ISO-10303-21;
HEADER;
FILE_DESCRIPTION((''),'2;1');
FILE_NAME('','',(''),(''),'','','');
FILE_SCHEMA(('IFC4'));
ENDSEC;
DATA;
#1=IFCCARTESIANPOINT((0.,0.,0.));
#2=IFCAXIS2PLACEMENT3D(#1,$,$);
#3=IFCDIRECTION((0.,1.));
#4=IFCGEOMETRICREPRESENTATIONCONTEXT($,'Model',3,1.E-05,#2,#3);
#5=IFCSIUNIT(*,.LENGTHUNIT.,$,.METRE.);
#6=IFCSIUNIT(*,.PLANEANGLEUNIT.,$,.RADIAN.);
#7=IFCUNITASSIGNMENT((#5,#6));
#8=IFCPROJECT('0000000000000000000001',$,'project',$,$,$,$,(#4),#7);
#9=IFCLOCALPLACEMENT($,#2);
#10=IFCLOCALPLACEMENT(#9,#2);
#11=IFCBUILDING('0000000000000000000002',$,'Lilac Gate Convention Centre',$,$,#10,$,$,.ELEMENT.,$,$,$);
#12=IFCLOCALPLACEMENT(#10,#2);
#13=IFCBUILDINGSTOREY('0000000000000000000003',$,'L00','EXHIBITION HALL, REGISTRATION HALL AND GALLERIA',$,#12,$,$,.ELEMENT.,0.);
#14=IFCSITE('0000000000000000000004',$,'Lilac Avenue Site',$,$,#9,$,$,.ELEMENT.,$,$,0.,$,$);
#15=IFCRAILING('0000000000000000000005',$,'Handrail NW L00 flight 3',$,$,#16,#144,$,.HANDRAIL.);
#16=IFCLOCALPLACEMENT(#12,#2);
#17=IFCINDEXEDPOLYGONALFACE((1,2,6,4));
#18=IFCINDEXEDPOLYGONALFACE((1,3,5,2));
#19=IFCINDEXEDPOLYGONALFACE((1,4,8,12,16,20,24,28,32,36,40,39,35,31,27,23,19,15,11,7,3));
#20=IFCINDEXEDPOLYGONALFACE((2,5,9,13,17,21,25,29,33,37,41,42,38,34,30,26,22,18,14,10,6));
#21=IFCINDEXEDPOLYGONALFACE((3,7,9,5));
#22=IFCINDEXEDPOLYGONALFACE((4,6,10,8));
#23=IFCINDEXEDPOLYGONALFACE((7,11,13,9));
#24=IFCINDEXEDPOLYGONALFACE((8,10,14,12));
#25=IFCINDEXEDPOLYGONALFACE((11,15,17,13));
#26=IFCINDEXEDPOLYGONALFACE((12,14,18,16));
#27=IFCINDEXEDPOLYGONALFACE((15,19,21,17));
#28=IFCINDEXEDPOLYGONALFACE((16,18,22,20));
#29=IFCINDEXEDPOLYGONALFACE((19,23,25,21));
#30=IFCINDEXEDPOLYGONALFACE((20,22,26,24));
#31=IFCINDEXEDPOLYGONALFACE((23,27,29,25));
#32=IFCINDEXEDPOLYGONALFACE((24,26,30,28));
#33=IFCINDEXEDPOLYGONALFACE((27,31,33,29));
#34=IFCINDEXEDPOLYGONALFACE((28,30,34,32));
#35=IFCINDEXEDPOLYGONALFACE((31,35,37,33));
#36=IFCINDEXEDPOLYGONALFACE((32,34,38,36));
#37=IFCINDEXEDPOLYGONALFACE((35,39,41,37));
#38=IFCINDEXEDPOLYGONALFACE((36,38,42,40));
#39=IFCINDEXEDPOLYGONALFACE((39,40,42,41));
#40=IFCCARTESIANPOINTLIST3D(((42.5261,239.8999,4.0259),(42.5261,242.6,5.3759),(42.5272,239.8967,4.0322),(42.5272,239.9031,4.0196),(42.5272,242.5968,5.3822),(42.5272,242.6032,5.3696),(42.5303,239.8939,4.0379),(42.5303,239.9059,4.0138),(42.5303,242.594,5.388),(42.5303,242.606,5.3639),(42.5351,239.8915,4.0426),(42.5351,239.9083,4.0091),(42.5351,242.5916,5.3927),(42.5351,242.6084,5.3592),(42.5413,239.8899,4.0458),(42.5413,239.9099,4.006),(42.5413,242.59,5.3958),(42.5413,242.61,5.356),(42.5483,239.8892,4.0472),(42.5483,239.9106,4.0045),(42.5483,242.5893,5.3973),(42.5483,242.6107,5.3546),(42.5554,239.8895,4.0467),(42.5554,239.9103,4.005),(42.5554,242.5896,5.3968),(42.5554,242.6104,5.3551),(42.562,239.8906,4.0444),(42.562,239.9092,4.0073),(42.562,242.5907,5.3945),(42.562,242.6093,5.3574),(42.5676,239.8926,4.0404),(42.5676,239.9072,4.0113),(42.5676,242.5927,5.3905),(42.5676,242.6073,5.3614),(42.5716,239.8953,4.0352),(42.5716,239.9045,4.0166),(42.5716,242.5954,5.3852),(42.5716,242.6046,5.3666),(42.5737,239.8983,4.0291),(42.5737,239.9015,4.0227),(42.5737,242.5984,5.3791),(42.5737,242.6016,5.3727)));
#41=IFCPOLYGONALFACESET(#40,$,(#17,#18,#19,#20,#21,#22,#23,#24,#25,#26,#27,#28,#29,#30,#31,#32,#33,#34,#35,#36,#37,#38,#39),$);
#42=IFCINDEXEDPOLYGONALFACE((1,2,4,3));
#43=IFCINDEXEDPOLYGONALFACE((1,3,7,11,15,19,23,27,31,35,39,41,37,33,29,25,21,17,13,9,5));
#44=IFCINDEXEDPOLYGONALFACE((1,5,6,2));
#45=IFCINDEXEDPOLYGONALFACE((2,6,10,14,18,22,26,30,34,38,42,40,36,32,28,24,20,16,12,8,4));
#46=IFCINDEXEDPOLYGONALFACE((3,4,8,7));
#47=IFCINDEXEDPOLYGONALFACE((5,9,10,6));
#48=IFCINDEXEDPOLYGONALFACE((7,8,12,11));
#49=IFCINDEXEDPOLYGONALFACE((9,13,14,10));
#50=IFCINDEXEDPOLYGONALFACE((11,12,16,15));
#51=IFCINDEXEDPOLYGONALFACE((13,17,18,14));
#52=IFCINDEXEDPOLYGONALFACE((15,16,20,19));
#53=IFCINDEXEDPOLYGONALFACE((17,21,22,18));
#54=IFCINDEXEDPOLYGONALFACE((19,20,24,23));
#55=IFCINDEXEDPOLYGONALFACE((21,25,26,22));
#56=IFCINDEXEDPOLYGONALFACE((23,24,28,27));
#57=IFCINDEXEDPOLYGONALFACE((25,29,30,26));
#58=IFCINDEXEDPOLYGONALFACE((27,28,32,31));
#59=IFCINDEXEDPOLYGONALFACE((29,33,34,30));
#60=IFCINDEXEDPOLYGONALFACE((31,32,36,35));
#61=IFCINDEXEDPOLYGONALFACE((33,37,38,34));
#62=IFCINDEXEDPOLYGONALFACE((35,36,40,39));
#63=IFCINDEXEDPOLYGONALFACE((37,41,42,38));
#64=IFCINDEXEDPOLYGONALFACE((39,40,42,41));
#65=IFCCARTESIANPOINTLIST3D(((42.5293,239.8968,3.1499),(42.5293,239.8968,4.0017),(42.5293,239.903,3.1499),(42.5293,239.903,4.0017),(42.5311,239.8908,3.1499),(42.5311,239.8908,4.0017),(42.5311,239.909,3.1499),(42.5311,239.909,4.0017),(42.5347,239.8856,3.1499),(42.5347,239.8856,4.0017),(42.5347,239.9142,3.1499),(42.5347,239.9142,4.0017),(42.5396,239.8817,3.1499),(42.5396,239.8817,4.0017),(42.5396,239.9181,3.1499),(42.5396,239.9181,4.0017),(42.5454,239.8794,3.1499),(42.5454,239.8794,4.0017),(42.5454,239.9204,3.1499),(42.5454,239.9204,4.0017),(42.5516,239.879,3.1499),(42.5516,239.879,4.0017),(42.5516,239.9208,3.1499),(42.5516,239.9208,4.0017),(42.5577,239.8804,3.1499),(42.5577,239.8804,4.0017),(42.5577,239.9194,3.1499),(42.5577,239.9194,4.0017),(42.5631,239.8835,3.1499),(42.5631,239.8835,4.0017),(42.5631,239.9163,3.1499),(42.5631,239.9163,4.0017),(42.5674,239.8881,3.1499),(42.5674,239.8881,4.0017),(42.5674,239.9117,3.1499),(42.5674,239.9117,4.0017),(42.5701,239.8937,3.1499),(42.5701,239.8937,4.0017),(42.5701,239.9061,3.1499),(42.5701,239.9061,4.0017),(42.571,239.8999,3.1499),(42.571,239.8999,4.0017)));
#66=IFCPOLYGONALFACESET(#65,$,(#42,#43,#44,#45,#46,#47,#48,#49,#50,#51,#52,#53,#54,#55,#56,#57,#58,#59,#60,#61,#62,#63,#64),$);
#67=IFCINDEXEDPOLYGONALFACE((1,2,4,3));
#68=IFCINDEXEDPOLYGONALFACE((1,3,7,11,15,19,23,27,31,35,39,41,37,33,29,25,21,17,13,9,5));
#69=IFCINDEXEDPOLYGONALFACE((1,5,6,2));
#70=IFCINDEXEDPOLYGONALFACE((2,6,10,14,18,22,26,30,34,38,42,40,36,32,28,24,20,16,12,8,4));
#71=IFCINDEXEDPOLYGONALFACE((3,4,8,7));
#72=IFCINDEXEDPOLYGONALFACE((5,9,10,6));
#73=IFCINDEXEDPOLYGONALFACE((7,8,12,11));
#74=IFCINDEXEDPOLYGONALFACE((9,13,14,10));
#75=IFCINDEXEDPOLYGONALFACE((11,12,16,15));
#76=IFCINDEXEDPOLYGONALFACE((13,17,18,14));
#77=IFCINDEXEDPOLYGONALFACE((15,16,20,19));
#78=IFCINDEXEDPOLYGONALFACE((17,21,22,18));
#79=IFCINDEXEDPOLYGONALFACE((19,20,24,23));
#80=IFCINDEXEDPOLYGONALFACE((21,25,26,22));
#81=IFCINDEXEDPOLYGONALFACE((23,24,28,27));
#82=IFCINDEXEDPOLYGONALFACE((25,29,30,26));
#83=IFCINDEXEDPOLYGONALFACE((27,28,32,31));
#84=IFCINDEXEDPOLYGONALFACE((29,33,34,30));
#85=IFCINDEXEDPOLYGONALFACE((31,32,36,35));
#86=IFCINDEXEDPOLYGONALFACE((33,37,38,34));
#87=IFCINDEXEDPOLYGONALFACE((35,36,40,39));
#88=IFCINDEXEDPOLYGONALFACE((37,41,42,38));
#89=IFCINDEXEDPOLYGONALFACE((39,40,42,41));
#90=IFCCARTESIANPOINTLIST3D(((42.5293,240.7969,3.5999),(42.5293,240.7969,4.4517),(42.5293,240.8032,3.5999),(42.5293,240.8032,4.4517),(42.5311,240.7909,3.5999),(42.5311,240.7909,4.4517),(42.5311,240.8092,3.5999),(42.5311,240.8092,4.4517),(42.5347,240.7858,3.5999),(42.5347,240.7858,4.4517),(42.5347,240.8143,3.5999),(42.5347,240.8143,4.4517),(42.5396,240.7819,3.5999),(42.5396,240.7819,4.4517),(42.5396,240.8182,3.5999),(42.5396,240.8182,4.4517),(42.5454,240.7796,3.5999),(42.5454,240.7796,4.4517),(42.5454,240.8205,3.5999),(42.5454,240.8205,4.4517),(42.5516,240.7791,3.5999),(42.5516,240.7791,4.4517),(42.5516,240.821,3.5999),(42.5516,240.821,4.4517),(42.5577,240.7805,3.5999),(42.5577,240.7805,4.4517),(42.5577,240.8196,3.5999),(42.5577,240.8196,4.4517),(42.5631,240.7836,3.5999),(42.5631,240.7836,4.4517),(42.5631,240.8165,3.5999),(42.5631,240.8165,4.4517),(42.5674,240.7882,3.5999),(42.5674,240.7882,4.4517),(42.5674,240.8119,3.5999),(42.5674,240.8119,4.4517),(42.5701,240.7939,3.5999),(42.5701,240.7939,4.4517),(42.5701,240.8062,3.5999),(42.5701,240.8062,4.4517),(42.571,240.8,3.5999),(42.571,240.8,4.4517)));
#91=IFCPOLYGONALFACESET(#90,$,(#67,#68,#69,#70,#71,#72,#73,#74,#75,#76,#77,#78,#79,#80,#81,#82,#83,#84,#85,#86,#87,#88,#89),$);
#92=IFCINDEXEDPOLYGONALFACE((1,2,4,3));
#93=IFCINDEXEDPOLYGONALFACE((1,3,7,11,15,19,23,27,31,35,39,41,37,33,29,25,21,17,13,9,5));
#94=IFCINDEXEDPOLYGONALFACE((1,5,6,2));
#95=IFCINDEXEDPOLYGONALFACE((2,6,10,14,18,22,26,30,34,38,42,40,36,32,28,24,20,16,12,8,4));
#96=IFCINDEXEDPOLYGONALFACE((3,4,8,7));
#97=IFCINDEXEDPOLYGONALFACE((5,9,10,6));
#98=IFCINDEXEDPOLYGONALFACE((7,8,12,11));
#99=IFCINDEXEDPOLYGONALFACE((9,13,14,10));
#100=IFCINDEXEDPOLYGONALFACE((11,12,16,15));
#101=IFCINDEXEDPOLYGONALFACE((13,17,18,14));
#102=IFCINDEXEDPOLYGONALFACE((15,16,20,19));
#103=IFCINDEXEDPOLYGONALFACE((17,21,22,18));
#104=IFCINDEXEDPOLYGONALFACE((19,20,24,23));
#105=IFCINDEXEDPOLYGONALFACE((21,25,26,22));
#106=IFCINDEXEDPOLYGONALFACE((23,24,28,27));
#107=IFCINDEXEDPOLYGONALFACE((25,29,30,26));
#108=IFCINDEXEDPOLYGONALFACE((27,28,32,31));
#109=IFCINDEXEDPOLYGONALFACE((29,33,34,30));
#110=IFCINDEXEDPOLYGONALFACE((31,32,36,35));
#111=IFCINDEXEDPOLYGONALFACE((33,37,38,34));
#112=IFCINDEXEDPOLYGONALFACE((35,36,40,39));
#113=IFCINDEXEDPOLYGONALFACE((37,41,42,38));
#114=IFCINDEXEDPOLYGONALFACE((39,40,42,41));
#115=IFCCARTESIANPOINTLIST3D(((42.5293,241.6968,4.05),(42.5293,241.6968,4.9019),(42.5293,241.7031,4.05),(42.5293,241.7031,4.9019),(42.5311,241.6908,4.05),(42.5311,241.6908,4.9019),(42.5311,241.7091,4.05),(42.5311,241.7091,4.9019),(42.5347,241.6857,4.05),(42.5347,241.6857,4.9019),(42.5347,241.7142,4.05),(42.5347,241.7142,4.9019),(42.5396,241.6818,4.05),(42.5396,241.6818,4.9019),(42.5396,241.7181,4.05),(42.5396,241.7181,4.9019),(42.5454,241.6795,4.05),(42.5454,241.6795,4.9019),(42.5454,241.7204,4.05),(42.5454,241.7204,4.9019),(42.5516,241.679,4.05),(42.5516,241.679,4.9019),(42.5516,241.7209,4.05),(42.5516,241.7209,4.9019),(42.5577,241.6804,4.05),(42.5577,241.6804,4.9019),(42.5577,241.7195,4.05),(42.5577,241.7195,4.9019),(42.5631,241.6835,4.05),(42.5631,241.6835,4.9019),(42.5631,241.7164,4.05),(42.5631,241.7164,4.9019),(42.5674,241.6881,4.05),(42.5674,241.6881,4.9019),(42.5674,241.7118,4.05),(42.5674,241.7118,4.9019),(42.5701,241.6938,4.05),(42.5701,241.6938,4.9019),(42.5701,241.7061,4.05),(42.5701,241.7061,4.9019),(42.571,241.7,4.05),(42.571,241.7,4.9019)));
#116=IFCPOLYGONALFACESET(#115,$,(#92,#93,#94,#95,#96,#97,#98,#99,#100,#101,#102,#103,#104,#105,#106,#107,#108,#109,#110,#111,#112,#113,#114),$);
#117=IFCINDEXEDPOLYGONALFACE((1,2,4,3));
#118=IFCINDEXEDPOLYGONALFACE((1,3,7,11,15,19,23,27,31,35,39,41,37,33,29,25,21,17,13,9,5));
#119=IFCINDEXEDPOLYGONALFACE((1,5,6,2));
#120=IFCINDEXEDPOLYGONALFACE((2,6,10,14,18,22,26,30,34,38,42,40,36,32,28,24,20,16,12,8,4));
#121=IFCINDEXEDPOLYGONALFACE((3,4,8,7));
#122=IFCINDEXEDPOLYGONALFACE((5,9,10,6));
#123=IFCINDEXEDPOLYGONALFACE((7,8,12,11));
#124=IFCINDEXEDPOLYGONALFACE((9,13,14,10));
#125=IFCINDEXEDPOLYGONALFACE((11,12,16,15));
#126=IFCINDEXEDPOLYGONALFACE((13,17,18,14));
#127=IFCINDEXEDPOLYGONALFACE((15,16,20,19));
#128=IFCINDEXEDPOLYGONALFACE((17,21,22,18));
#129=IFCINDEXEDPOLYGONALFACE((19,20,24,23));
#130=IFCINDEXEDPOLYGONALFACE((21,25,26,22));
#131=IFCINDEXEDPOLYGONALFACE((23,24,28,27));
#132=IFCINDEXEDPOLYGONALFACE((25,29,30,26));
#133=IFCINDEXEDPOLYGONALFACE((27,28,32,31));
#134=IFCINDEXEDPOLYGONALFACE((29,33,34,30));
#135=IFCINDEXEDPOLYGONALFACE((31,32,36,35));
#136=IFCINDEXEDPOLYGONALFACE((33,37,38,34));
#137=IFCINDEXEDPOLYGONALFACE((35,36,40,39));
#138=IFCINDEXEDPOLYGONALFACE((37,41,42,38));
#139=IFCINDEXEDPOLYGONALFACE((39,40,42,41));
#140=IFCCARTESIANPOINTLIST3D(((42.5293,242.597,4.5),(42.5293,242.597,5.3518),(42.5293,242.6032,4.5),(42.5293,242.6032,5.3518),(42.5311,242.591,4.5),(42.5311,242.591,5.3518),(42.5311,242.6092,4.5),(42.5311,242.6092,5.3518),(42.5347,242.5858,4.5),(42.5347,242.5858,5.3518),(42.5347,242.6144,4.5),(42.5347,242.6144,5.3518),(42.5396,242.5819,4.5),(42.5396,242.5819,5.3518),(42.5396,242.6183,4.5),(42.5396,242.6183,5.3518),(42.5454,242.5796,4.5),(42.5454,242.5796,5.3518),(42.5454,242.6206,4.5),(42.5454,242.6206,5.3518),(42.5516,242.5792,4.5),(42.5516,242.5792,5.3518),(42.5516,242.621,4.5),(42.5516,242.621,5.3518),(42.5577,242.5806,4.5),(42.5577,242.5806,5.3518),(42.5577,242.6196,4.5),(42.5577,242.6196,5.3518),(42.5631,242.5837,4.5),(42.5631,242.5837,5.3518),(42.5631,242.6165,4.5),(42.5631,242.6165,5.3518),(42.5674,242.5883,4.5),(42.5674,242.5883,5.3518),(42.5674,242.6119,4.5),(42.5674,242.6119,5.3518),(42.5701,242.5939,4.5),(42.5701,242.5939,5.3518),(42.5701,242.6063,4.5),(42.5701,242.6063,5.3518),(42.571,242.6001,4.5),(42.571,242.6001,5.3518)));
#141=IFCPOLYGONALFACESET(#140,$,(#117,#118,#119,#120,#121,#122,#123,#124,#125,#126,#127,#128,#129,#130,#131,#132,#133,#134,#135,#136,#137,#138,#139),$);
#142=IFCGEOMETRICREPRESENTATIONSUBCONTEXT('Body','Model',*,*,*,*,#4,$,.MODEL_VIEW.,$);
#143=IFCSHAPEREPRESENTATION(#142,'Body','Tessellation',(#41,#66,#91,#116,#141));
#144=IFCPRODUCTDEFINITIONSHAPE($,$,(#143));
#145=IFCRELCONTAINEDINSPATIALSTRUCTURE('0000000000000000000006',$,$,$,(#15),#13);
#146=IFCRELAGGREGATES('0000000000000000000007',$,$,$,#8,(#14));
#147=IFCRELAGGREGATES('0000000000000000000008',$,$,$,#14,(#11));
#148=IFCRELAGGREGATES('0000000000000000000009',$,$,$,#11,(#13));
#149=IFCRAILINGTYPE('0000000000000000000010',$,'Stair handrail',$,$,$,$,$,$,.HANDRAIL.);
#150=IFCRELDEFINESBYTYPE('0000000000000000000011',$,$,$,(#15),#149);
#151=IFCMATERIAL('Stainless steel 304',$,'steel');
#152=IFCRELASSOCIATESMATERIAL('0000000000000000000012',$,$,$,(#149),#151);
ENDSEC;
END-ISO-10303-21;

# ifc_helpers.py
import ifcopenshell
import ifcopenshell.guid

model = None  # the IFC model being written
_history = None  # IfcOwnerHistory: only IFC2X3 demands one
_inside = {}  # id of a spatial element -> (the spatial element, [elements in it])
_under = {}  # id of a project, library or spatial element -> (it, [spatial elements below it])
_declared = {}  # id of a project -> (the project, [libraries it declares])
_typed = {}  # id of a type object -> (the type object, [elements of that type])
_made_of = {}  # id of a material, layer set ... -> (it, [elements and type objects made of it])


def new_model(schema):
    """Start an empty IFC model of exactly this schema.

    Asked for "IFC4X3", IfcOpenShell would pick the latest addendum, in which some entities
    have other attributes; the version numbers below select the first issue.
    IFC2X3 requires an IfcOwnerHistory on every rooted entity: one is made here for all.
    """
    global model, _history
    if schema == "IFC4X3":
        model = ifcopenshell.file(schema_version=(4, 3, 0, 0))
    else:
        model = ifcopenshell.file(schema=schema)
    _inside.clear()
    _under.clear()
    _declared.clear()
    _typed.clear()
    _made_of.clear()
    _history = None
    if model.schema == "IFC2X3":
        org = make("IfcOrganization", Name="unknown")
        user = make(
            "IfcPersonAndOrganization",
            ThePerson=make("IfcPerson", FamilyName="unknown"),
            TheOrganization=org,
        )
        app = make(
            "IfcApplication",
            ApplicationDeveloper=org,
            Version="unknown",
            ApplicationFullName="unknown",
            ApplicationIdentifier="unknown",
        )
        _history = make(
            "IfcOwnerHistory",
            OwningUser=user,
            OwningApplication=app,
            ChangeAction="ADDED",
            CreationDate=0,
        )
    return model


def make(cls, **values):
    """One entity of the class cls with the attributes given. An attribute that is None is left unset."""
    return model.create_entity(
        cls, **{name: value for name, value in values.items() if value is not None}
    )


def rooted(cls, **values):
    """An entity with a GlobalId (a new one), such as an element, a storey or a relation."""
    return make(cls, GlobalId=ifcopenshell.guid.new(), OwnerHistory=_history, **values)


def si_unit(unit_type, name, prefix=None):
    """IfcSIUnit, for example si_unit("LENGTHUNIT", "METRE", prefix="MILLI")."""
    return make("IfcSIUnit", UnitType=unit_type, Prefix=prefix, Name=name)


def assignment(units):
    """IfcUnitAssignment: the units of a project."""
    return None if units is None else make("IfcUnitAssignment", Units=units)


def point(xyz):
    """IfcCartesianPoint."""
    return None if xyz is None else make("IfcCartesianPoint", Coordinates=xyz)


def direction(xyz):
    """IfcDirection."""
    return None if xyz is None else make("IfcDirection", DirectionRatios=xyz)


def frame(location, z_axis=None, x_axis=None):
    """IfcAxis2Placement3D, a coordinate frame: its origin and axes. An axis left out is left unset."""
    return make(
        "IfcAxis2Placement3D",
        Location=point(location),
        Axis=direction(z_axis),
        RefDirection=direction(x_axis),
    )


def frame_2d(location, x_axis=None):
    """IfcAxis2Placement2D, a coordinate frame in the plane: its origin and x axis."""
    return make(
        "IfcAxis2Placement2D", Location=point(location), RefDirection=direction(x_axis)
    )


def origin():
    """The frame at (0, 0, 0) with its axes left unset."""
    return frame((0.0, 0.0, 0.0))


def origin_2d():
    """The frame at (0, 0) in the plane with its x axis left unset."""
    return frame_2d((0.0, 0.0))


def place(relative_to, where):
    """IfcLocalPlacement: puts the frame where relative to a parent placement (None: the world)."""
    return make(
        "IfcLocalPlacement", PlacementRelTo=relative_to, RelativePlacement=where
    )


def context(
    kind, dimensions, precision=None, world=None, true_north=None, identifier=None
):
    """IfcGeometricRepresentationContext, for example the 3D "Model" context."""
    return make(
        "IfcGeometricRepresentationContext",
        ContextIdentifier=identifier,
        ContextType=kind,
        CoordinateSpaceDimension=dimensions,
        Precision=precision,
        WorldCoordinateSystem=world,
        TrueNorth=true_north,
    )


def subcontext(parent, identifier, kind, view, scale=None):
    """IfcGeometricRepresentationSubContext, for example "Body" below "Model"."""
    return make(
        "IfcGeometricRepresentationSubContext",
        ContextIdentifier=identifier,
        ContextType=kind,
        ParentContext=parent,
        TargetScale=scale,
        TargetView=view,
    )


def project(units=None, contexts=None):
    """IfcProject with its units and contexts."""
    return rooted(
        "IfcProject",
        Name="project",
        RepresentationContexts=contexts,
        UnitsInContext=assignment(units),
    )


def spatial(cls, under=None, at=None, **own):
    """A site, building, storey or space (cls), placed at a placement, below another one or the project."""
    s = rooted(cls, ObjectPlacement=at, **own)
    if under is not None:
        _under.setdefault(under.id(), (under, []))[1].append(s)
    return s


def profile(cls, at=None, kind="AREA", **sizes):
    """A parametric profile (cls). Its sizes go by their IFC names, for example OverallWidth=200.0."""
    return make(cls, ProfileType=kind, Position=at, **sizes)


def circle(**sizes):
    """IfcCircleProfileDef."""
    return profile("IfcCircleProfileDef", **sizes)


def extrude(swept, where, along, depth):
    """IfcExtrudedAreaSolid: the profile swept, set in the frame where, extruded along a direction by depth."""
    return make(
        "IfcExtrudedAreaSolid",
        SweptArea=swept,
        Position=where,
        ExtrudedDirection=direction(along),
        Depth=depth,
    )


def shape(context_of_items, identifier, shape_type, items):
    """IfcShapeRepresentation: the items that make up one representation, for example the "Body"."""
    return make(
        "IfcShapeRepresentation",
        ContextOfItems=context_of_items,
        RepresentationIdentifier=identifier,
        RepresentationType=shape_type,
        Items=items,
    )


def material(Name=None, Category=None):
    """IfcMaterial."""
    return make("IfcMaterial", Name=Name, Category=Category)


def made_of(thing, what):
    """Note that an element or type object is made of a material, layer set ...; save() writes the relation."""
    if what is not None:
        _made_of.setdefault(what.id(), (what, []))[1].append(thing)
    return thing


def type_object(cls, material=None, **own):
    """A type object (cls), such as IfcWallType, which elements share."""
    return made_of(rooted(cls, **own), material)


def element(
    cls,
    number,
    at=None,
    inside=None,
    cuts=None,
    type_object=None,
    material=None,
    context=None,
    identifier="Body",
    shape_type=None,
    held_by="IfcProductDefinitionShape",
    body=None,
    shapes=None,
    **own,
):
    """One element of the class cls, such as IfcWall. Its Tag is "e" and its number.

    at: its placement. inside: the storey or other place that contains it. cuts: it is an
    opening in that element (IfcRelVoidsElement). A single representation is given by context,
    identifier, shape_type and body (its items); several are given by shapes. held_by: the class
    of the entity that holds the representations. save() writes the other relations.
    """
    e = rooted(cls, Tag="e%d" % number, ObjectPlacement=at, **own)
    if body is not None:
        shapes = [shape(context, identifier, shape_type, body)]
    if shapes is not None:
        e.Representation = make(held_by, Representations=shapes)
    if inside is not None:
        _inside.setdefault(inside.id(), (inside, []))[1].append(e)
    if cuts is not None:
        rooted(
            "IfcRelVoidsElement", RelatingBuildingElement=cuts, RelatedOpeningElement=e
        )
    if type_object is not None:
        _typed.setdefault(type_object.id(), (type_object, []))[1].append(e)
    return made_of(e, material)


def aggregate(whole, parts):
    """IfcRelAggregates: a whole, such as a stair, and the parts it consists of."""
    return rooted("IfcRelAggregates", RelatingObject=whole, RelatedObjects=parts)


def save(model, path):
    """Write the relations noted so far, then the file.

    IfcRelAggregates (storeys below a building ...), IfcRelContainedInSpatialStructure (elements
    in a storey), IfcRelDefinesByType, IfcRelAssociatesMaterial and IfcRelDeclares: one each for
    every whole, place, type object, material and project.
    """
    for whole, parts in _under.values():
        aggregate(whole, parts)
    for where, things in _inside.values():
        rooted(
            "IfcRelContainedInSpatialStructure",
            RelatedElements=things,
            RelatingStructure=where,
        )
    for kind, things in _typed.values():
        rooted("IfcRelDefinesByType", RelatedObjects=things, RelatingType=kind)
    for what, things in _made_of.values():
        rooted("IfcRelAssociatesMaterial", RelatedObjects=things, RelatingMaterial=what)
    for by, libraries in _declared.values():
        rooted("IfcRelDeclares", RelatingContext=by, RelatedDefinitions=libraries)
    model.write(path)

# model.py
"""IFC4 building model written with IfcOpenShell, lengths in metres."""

from ifc_helpers import new_model, si_unit, direction, frame, origin, origin_2d, place, context, subcontext, project, spatial, circle, extrude, material, type_object, element, save


model = new_model("IFC4")

# Units and contexts
model_context = context("Model", 3, precision=1e-05, world=origin(), true_north=direction((0.0, 1.0)))
body_context = subcontext(model_context, "Body", "Model", "MODEL_VIEW")
ifc_project = project(units=[si_unit("LENGTHUNIT", "METRE"), si_unit("PLANEANGLEUNIT", "RADIAN")], contexts=[model_context])

# Site, building, storey
site_placement = place(None, origin())
site = spatial("IfcSite", under=ifc_project, at=site_placement, Name="Lilac Avenue Site", CompositionType="ELEMENT", RefElevation=0.0)
building_placement = place(site_placement, origin())
building = spatial("IfcBuilding", under=site, at=building_placement, Name="Lilac Gate Convention Centre", CompositionType="ELEMENT")
storey_placement = place(building_placement, origin())
storey = spatial("IfcBuildingStorey", under=building, at=storey_placement, Name="L00", Description="EXHIBITION HALL, REGISTRATION HALL AND GALLERIA", CompositionType="ELEMENT", Elevation=0.0)

# Railing
ifc_material_1 = material(Name="Stainless steel 304", Category="steel")
railing_type = type_object("IfcRailingType", Name="Stair handrail", PredefinedType="HANDRAIL", material=ifc_material_1)
for number, where, name in (
    (1, (42.55, 239.8999, 3.1499), "Handrail NW L00 flight 3"),
):
    element("IfcRailing", number, at=place(storey_placement, frame(where)), inside=storey, type_object=railing_type, Name=name, PredefinedType="HANDRAIL", context=body_context, shape_type="SweptSolid", body=[
        extrude(circle(Radius=0.0239, at=origin_2d()), frame((0.0, 0.0, 0.876), z_axis=(0.0, 0.894427, 0.447214), x_axis=(-1.0, 0.0, 0.0)), (0.0, 0.0, 1.0), 3.0188),
        extrude(circle(Radius=0.021, at=origin_2d()), origin(), (0.0, 0.0, 1.0), 0.8518),
        extrude(circle(Radius=0.021, at=origin_2d()), frame((0.0, 0.9001, 0.45)), (0.0, 0.0, 1.0), 0.8518),
        extrude(circle(Radius=0.021, at=origin_2d()), frame((0.0, 1.8, 0.9001)), (0.0, 0.0, 1.0), 0.8518),
        extrude(circle(Radius=0.021, at=origin_2d()), frame((0.0, 2.7002, 1.3501)), (0.0, 0.0, 1.0), 0.8518),
    ])

save(model, "model.ifc")
